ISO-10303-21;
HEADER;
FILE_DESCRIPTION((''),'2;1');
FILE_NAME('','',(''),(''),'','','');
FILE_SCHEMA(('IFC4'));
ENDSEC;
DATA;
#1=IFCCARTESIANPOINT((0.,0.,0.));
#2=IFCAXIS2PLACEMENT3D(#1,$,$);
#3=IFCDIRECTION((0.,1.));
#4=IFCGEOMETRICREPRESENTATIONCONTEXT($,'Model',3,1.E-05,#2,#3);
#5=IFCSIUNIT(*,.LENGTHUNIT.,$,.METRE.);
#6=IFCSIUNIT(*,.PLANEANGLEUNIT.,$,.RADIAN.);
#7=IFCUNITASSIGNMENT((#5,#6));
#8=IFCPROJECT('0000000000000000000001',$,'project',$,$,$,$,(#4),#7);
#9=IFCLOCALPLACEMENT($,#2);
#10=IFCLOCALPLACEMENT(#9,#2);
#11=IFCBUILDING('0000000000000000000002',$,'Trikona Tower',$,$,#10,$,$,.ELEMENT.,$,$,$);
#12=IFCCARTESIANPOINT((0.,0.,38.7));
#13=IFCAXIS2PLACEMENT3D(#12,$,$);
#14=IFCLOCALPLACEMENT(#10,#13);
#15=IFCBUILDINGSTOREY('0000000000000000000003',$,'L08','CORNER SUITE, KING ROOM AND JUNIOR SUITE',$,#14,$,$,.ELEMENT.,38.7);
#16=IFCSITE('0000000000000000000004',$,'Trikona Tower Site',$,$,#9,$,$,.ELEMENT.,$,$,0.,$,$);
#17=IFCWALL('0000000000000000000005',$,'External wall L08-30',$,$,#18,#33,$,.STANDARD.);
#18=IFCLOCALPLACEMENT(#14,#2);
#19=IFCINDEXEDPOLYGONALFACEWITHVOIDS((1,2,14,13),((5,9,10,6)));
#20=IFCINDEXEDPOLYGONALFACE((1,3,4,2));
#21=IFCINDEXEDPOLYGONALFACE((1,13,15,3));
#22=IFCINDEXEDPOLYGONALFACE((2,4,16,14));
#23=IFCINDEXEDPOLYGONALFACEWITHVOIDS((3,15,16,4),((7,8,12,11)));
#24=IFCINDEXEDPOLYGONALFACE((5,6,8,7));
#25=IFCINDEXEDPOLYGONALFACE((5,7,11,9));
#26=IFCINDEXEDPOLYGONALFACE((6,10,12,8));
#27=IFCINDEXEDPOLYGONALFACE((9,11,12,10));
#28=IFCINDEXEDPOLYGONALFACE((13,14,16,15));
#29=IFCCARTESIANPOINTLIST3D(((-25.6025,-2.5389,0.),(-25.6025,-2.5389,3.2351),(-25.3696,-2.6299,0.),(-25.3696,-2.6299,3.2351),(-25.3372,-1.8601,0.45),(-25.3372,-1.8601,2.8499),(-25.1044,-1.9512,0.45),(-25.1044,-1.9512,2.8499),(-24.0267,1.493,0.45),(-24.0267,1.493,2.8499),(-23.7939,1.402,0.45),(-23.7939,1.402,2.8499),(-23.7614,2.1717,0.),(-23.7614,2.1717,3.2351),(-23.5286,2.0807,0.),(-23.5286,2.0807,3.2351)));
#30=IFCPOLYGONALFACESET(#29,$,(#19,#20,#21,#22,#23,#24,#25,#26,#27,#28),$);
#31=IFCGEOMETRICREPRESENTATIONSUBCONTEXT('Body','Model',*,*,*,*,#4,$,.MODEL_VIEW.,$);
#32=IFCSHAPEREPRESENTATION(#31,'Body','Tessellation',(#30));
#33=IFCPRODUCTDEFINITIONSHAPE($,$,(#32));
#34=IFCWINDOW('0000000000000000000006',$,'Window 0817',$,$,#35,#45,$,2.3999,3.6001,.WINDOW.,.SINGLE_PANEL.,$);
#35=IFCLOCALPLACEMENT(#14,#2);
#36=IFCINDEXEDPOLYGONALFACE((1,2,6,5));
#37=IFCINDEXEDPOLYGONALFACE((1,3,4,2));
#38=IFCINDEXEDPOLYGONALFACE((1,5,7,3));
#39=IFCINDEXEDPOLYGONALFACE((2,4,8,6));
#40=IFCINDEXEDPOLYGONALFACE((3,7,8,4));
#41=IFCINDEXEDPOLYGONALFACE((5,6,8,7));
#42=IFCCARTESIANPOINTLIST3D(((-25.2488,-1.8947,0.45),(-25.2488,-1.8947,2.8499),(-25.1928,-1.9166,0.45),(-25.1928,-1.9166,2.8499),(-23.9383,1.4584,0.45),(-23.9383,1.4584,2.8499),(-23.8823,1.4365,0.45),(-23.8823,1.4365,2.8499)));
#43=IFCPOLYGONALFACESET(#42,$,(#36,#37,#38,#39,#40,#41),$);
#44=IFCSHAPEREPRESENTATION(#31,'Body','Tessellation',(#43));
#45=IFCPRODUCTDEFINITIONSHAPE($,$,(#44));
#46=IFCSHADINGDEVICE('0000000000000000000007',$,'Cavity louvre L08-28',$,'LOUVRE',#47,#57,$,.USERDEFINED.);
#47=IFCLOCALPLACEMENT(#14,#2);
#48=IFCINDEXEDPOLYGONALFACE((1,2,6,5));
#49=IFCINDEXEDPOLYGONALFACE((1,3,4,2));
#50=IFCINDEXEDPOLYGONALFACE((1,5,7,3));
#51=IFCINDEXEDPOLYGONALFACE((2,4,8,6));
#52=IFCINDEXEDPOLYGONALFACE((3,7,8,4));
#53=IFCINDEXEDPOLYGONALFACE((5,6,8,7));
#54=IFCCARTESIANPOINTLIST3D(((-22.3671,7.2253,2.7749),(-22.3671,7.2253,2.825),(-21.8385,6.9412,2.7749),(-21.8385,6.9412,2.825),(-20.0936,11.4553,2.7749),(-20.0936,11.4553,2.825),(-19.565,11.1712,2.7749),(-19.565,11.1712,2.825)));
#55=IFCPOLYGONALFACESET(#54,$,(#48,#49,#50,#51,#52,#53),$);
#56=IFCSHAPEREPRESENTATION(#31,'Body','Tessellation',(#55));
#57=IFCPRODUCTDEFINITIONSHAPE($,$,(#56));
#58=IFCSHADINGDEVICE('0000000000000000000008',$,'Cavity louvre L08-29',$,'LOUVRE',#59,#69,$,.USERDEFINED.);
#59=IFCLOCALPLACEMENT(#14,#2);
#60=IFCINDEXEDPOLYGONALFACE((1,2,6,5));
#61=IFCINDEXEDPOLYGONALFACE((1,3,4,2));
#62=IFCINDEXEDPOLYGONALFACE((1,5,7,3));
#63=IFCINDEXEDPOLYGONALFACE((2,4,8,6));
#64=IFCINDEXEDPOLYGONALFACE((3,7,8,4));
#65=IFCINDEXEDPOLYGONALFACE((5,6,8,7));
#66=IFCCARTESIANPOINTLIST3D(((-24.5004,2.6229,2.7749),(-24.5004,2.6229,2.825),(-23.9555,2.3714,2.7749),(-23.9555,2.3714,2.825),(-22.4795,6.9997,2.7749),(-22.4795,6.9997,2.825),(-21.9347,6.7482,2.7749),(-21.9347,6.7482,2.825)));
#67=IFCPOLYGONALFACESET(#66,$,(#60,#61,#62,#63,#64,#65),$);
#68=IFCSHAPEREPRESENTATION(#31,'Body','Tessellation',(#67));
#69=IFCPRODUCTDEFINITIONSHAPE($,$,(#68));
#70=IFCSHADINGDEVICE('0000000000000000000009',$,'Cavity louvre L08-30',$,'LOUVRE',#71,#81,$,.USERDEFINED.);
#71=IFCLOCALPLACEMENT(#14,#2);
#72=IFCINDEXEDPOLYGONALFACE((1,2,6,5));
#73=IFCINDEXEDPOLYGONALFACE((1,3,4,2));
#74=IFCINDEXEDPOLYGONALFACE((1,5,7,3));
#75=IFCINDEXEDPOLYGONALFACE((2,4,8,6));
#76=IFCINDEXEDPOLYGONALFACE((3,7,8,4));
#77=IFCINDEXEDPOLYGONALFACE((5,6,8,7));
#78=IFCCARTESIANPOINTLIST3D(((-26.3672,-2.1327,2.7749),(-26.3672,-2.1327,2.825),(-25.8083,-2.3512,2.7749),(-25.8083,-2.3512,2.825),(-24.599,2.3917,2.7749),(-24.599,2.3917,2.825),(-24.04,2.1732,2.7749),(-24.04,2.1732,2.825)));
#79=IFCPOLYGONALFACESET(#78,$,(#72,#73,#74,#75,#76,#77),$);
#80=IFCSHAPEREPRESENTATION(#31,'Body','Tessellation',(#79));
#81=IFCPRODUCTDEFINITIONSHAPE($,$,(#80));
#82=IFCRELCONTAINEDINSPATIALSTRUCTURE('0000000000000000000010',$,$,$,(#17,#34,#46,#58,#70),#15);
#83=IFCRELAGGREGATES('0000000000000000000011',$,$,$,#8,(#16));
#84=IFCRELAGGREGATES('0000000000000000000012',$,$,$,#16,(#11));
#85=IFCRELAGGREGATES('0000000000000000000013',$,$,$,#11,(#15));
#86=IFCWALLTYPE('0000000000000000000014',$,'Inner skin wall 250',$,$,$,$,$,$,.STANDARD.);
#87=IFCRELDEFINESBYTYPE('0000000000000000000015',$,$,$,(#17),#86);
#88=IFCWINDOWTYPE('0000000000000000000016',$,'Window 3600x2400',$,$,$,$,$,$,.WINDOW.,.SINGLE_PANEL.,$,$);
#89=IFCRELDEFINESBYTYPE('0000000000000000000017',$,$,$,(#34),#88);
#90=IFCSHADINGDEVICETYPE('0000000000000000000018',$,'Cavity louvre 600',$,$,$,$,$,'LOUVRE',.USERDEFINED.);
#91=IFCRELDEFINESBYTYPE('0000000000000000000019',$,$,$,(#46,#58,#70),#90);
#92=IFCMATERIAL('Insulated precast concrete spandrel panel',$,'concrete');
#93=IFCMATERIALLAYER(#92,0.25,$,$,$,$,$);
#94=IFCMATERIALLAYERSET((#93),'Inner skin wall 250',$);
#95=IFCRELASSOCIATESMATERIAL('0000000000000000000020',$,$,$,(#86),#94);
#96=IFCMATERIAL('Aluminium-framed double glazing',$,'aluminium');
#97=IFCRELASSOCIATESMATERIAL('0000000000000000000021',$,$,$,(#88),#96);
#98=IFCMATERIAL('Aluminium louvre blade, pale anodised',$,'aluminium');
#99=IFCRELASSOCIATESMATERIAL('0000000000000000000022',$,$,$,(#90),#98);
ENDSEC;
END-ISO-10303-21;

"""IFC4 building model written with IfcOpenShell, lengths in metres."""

from ifc_helpers import new_model, si_unit, direction, frame, frame_2d, origin, origin_2d, place, context, subcontext, project, spatial, rectangle, extrude, material, layer, layer_set, type_object, element, fill, save


model = new_model("IFC4")

# Units and contexts
model_context = context("Model", 3, precision=1e-05, world=origin(), true_north=direction((0.0, 1.0)))
body_context = subcontext(model_context, "Body", "Model", "MODEL_VIEW")
ifc_project = project(units=[si_unit("LENGTHUNIT", "METRE"), si_unit("PLANEANGLEUNIT", "RADIAN")], contexts=[model_context])

# Site, building, storey
site_placement = place(None, origin())
site = spatial("IfcSite", under=ifc_project, at=site_placement, Name="Trikona Tower Site", CompositionType="ELEMENT", RefElevation=0.0)
building_placement = place(site_placement, origin())
building = spatial("IfcBuilding", under=site, at=building_placement, Name="Trikona Tower", CompositionType="ELEMENT")
storey_placement = place(building_placement, frame((0.0, 0.0, 38.7)))
storey = spatial("IfcBuildingStorey", under=building, at=storey_placement, Name="L08", Description="CORNER SUITE, KING ROOM AND JUNIOR SUITE", CompositionType="ELEMENT", Elevation=38.7)

# Wall, opening, window
ifc_material_1 = material(Name="Insulated precast concrete spandrel panel", Category="concrete")
ifc_layer_1 = layer(ifc_material_1, 0.25)
ifc_layer_set_1 = layer_set([ifc_layer_1], Name="Inner skin wall 250")
wall_type = type_object("IfcWallType", Name="Inner skin wall 250", PredefinedType="STANDARD", material=ifc_layer_set_1)
ifc_material_2 = material(Name="Aluminium-framed double glazing", Category="aluminium")
window_type = type_object("IfcWindowType", Name="Window 3600x2400", PartitioningType="SINGLE_PANEL", PredefinedType="WINDOW", material=ifc_material_2)
wall_1_placement = place(storey_placement, frame((-23.645, 2.1262, 0.0), z_axis=(0.0, 0.0, 1.0), x_axis=(-0.364013, -0.931394, 0.0)))
wall_1 = element("IfcWall", 1, at=wall_1_placement, inside=storey, type_object=wall_type, Name="External wall L08-30", PredefinedType="STANDARD", context=body_context, shape_type="SweptSolid", body=[
    extrude(rectangle(XDim=5.0576, YDim=0.25, at=frame_2d((2.5288, 0.0))), origin(), (0.0, 0.0, 1.0), 3.2351),
])
opening_1_placement = place(wall_1_placement, frame((0.7288, 0.0, 0.45)))
opening_1 = element("IfcOpeningElement", 2, at=opening_1_placement, cuts=wall_1, PredefinedType="OPENING", context=body_context, shape_type="SweptSolid", body=[
    extrude(rectangle(XDim=3.6001, YDim=2.3999, at=frame_2d((1.8, 1.2))), frame((0.0, 0.135, 0.0), z_axis=(0.0, -1.0, 0.0), x_axis=(1.0, 0.0, 0.0)), (0.0, 0.0, 1.0), 0.27),
])
window_1_placement = place(opening_1_placement, origin())
window_1 = element("IfcWindow", 3, at=window_1_placement, inside=storey, type_object=window_type, Name="Window 0817", OverallHeight=2.3999, OverallWidth=3.6001, PartitioningType="SINGLE_PANEL", PredefinedType="WINDOW", context=body_context, shape_type="SweptSolid", body=[
    extrude(rectangle(XDim=3.6001, YDim=2.3999, at=frame_2d((1.8, 1.2))), frame((0.0, 0.03, 0.0), z_axis=(0.0, -1.0, 0.0), x_axis=(1.0, 0.0, 0.0)), (0.0, 0.0, 1.0), 0.0601),
])
fill(opening_1, window_1)

# Shading devices
ifc_material_3 = material(Name="Aluminium louvre blade, pale anodised", Category="aluminium")
shading_device_type = type_object("IfcShadingDeviceType", Name="Cavity louvre 600", ElementType="LOUVRE", PredefinedType="USERDEFINED", material=ifc_material_3)
shading_device_1_placement = place(storey_placement, frame((-20.9661, 9.1982, 2.7749), z_axis=(0.0, 0.0, 1.0), x_axis=(-0.473423, -0.880835, 0.0)))
element("IfcShadingDevice", 4, at=shading_device_1_placement, inside=storey, type_object=shading_device_type, Name="Cavity louvre L08-28", ObjectType="LOUVRE", PredefinedType="USERDEFINED", context=body_context, shape_type="SweptSolid", body=[
    extrude(rectangle(XDim=4.8022, YDim=0.6001, at=origin_2d()), origin(), (0.0, 0.0, 1.0), 0.05),
])
shading_device_2_placement = place(storey_placement, frame((-23.2175, 4.6855, 2.7749), z_axis=(0.0, 0.0, 1.0), x_axis=(-0.419194, -0.907897, 0.0)))
element("IfcShadingDevice", 5, at=shading_device_2_placement, inside=storey, type_object=shading_device_type, Name="Cavity louvre L08-29", ObjectType="LOUVRE", PredefinedType="USERDEFINED", context=body_context, shape_type="SweptSolid", body=[
    extrude(rectangle(XDim=4.8208, YDim=0.6001, at=origin_2d()), origin(), (0.0, 0.0, 1.0), 0.05),
])
shading_device_3_placement = place(storey_placement, frame((-25.2036, 0.0203, 2.7749), z_axis=(0.0, 0.0, 1.0), x_axis=(-0.364009, -0.931395, 0.0)))
element("IfcShadingDevice", 6, at=shading_device_3_placement, inside=storey, type_object=shading_device_type, Name="Cavity louvre L08-30", ObjectType="LOUVRE", PredefinedType="USERDEFINED", context=body_context, shape_type="SweptSolid", body=[
    extrude(rectangle(XDim=4.8577, YDim=0.6001, at=origin_2d()), origin(), (0.0, 0.0, 1.0), 0.05),
])

save(model, "model.ifc")
